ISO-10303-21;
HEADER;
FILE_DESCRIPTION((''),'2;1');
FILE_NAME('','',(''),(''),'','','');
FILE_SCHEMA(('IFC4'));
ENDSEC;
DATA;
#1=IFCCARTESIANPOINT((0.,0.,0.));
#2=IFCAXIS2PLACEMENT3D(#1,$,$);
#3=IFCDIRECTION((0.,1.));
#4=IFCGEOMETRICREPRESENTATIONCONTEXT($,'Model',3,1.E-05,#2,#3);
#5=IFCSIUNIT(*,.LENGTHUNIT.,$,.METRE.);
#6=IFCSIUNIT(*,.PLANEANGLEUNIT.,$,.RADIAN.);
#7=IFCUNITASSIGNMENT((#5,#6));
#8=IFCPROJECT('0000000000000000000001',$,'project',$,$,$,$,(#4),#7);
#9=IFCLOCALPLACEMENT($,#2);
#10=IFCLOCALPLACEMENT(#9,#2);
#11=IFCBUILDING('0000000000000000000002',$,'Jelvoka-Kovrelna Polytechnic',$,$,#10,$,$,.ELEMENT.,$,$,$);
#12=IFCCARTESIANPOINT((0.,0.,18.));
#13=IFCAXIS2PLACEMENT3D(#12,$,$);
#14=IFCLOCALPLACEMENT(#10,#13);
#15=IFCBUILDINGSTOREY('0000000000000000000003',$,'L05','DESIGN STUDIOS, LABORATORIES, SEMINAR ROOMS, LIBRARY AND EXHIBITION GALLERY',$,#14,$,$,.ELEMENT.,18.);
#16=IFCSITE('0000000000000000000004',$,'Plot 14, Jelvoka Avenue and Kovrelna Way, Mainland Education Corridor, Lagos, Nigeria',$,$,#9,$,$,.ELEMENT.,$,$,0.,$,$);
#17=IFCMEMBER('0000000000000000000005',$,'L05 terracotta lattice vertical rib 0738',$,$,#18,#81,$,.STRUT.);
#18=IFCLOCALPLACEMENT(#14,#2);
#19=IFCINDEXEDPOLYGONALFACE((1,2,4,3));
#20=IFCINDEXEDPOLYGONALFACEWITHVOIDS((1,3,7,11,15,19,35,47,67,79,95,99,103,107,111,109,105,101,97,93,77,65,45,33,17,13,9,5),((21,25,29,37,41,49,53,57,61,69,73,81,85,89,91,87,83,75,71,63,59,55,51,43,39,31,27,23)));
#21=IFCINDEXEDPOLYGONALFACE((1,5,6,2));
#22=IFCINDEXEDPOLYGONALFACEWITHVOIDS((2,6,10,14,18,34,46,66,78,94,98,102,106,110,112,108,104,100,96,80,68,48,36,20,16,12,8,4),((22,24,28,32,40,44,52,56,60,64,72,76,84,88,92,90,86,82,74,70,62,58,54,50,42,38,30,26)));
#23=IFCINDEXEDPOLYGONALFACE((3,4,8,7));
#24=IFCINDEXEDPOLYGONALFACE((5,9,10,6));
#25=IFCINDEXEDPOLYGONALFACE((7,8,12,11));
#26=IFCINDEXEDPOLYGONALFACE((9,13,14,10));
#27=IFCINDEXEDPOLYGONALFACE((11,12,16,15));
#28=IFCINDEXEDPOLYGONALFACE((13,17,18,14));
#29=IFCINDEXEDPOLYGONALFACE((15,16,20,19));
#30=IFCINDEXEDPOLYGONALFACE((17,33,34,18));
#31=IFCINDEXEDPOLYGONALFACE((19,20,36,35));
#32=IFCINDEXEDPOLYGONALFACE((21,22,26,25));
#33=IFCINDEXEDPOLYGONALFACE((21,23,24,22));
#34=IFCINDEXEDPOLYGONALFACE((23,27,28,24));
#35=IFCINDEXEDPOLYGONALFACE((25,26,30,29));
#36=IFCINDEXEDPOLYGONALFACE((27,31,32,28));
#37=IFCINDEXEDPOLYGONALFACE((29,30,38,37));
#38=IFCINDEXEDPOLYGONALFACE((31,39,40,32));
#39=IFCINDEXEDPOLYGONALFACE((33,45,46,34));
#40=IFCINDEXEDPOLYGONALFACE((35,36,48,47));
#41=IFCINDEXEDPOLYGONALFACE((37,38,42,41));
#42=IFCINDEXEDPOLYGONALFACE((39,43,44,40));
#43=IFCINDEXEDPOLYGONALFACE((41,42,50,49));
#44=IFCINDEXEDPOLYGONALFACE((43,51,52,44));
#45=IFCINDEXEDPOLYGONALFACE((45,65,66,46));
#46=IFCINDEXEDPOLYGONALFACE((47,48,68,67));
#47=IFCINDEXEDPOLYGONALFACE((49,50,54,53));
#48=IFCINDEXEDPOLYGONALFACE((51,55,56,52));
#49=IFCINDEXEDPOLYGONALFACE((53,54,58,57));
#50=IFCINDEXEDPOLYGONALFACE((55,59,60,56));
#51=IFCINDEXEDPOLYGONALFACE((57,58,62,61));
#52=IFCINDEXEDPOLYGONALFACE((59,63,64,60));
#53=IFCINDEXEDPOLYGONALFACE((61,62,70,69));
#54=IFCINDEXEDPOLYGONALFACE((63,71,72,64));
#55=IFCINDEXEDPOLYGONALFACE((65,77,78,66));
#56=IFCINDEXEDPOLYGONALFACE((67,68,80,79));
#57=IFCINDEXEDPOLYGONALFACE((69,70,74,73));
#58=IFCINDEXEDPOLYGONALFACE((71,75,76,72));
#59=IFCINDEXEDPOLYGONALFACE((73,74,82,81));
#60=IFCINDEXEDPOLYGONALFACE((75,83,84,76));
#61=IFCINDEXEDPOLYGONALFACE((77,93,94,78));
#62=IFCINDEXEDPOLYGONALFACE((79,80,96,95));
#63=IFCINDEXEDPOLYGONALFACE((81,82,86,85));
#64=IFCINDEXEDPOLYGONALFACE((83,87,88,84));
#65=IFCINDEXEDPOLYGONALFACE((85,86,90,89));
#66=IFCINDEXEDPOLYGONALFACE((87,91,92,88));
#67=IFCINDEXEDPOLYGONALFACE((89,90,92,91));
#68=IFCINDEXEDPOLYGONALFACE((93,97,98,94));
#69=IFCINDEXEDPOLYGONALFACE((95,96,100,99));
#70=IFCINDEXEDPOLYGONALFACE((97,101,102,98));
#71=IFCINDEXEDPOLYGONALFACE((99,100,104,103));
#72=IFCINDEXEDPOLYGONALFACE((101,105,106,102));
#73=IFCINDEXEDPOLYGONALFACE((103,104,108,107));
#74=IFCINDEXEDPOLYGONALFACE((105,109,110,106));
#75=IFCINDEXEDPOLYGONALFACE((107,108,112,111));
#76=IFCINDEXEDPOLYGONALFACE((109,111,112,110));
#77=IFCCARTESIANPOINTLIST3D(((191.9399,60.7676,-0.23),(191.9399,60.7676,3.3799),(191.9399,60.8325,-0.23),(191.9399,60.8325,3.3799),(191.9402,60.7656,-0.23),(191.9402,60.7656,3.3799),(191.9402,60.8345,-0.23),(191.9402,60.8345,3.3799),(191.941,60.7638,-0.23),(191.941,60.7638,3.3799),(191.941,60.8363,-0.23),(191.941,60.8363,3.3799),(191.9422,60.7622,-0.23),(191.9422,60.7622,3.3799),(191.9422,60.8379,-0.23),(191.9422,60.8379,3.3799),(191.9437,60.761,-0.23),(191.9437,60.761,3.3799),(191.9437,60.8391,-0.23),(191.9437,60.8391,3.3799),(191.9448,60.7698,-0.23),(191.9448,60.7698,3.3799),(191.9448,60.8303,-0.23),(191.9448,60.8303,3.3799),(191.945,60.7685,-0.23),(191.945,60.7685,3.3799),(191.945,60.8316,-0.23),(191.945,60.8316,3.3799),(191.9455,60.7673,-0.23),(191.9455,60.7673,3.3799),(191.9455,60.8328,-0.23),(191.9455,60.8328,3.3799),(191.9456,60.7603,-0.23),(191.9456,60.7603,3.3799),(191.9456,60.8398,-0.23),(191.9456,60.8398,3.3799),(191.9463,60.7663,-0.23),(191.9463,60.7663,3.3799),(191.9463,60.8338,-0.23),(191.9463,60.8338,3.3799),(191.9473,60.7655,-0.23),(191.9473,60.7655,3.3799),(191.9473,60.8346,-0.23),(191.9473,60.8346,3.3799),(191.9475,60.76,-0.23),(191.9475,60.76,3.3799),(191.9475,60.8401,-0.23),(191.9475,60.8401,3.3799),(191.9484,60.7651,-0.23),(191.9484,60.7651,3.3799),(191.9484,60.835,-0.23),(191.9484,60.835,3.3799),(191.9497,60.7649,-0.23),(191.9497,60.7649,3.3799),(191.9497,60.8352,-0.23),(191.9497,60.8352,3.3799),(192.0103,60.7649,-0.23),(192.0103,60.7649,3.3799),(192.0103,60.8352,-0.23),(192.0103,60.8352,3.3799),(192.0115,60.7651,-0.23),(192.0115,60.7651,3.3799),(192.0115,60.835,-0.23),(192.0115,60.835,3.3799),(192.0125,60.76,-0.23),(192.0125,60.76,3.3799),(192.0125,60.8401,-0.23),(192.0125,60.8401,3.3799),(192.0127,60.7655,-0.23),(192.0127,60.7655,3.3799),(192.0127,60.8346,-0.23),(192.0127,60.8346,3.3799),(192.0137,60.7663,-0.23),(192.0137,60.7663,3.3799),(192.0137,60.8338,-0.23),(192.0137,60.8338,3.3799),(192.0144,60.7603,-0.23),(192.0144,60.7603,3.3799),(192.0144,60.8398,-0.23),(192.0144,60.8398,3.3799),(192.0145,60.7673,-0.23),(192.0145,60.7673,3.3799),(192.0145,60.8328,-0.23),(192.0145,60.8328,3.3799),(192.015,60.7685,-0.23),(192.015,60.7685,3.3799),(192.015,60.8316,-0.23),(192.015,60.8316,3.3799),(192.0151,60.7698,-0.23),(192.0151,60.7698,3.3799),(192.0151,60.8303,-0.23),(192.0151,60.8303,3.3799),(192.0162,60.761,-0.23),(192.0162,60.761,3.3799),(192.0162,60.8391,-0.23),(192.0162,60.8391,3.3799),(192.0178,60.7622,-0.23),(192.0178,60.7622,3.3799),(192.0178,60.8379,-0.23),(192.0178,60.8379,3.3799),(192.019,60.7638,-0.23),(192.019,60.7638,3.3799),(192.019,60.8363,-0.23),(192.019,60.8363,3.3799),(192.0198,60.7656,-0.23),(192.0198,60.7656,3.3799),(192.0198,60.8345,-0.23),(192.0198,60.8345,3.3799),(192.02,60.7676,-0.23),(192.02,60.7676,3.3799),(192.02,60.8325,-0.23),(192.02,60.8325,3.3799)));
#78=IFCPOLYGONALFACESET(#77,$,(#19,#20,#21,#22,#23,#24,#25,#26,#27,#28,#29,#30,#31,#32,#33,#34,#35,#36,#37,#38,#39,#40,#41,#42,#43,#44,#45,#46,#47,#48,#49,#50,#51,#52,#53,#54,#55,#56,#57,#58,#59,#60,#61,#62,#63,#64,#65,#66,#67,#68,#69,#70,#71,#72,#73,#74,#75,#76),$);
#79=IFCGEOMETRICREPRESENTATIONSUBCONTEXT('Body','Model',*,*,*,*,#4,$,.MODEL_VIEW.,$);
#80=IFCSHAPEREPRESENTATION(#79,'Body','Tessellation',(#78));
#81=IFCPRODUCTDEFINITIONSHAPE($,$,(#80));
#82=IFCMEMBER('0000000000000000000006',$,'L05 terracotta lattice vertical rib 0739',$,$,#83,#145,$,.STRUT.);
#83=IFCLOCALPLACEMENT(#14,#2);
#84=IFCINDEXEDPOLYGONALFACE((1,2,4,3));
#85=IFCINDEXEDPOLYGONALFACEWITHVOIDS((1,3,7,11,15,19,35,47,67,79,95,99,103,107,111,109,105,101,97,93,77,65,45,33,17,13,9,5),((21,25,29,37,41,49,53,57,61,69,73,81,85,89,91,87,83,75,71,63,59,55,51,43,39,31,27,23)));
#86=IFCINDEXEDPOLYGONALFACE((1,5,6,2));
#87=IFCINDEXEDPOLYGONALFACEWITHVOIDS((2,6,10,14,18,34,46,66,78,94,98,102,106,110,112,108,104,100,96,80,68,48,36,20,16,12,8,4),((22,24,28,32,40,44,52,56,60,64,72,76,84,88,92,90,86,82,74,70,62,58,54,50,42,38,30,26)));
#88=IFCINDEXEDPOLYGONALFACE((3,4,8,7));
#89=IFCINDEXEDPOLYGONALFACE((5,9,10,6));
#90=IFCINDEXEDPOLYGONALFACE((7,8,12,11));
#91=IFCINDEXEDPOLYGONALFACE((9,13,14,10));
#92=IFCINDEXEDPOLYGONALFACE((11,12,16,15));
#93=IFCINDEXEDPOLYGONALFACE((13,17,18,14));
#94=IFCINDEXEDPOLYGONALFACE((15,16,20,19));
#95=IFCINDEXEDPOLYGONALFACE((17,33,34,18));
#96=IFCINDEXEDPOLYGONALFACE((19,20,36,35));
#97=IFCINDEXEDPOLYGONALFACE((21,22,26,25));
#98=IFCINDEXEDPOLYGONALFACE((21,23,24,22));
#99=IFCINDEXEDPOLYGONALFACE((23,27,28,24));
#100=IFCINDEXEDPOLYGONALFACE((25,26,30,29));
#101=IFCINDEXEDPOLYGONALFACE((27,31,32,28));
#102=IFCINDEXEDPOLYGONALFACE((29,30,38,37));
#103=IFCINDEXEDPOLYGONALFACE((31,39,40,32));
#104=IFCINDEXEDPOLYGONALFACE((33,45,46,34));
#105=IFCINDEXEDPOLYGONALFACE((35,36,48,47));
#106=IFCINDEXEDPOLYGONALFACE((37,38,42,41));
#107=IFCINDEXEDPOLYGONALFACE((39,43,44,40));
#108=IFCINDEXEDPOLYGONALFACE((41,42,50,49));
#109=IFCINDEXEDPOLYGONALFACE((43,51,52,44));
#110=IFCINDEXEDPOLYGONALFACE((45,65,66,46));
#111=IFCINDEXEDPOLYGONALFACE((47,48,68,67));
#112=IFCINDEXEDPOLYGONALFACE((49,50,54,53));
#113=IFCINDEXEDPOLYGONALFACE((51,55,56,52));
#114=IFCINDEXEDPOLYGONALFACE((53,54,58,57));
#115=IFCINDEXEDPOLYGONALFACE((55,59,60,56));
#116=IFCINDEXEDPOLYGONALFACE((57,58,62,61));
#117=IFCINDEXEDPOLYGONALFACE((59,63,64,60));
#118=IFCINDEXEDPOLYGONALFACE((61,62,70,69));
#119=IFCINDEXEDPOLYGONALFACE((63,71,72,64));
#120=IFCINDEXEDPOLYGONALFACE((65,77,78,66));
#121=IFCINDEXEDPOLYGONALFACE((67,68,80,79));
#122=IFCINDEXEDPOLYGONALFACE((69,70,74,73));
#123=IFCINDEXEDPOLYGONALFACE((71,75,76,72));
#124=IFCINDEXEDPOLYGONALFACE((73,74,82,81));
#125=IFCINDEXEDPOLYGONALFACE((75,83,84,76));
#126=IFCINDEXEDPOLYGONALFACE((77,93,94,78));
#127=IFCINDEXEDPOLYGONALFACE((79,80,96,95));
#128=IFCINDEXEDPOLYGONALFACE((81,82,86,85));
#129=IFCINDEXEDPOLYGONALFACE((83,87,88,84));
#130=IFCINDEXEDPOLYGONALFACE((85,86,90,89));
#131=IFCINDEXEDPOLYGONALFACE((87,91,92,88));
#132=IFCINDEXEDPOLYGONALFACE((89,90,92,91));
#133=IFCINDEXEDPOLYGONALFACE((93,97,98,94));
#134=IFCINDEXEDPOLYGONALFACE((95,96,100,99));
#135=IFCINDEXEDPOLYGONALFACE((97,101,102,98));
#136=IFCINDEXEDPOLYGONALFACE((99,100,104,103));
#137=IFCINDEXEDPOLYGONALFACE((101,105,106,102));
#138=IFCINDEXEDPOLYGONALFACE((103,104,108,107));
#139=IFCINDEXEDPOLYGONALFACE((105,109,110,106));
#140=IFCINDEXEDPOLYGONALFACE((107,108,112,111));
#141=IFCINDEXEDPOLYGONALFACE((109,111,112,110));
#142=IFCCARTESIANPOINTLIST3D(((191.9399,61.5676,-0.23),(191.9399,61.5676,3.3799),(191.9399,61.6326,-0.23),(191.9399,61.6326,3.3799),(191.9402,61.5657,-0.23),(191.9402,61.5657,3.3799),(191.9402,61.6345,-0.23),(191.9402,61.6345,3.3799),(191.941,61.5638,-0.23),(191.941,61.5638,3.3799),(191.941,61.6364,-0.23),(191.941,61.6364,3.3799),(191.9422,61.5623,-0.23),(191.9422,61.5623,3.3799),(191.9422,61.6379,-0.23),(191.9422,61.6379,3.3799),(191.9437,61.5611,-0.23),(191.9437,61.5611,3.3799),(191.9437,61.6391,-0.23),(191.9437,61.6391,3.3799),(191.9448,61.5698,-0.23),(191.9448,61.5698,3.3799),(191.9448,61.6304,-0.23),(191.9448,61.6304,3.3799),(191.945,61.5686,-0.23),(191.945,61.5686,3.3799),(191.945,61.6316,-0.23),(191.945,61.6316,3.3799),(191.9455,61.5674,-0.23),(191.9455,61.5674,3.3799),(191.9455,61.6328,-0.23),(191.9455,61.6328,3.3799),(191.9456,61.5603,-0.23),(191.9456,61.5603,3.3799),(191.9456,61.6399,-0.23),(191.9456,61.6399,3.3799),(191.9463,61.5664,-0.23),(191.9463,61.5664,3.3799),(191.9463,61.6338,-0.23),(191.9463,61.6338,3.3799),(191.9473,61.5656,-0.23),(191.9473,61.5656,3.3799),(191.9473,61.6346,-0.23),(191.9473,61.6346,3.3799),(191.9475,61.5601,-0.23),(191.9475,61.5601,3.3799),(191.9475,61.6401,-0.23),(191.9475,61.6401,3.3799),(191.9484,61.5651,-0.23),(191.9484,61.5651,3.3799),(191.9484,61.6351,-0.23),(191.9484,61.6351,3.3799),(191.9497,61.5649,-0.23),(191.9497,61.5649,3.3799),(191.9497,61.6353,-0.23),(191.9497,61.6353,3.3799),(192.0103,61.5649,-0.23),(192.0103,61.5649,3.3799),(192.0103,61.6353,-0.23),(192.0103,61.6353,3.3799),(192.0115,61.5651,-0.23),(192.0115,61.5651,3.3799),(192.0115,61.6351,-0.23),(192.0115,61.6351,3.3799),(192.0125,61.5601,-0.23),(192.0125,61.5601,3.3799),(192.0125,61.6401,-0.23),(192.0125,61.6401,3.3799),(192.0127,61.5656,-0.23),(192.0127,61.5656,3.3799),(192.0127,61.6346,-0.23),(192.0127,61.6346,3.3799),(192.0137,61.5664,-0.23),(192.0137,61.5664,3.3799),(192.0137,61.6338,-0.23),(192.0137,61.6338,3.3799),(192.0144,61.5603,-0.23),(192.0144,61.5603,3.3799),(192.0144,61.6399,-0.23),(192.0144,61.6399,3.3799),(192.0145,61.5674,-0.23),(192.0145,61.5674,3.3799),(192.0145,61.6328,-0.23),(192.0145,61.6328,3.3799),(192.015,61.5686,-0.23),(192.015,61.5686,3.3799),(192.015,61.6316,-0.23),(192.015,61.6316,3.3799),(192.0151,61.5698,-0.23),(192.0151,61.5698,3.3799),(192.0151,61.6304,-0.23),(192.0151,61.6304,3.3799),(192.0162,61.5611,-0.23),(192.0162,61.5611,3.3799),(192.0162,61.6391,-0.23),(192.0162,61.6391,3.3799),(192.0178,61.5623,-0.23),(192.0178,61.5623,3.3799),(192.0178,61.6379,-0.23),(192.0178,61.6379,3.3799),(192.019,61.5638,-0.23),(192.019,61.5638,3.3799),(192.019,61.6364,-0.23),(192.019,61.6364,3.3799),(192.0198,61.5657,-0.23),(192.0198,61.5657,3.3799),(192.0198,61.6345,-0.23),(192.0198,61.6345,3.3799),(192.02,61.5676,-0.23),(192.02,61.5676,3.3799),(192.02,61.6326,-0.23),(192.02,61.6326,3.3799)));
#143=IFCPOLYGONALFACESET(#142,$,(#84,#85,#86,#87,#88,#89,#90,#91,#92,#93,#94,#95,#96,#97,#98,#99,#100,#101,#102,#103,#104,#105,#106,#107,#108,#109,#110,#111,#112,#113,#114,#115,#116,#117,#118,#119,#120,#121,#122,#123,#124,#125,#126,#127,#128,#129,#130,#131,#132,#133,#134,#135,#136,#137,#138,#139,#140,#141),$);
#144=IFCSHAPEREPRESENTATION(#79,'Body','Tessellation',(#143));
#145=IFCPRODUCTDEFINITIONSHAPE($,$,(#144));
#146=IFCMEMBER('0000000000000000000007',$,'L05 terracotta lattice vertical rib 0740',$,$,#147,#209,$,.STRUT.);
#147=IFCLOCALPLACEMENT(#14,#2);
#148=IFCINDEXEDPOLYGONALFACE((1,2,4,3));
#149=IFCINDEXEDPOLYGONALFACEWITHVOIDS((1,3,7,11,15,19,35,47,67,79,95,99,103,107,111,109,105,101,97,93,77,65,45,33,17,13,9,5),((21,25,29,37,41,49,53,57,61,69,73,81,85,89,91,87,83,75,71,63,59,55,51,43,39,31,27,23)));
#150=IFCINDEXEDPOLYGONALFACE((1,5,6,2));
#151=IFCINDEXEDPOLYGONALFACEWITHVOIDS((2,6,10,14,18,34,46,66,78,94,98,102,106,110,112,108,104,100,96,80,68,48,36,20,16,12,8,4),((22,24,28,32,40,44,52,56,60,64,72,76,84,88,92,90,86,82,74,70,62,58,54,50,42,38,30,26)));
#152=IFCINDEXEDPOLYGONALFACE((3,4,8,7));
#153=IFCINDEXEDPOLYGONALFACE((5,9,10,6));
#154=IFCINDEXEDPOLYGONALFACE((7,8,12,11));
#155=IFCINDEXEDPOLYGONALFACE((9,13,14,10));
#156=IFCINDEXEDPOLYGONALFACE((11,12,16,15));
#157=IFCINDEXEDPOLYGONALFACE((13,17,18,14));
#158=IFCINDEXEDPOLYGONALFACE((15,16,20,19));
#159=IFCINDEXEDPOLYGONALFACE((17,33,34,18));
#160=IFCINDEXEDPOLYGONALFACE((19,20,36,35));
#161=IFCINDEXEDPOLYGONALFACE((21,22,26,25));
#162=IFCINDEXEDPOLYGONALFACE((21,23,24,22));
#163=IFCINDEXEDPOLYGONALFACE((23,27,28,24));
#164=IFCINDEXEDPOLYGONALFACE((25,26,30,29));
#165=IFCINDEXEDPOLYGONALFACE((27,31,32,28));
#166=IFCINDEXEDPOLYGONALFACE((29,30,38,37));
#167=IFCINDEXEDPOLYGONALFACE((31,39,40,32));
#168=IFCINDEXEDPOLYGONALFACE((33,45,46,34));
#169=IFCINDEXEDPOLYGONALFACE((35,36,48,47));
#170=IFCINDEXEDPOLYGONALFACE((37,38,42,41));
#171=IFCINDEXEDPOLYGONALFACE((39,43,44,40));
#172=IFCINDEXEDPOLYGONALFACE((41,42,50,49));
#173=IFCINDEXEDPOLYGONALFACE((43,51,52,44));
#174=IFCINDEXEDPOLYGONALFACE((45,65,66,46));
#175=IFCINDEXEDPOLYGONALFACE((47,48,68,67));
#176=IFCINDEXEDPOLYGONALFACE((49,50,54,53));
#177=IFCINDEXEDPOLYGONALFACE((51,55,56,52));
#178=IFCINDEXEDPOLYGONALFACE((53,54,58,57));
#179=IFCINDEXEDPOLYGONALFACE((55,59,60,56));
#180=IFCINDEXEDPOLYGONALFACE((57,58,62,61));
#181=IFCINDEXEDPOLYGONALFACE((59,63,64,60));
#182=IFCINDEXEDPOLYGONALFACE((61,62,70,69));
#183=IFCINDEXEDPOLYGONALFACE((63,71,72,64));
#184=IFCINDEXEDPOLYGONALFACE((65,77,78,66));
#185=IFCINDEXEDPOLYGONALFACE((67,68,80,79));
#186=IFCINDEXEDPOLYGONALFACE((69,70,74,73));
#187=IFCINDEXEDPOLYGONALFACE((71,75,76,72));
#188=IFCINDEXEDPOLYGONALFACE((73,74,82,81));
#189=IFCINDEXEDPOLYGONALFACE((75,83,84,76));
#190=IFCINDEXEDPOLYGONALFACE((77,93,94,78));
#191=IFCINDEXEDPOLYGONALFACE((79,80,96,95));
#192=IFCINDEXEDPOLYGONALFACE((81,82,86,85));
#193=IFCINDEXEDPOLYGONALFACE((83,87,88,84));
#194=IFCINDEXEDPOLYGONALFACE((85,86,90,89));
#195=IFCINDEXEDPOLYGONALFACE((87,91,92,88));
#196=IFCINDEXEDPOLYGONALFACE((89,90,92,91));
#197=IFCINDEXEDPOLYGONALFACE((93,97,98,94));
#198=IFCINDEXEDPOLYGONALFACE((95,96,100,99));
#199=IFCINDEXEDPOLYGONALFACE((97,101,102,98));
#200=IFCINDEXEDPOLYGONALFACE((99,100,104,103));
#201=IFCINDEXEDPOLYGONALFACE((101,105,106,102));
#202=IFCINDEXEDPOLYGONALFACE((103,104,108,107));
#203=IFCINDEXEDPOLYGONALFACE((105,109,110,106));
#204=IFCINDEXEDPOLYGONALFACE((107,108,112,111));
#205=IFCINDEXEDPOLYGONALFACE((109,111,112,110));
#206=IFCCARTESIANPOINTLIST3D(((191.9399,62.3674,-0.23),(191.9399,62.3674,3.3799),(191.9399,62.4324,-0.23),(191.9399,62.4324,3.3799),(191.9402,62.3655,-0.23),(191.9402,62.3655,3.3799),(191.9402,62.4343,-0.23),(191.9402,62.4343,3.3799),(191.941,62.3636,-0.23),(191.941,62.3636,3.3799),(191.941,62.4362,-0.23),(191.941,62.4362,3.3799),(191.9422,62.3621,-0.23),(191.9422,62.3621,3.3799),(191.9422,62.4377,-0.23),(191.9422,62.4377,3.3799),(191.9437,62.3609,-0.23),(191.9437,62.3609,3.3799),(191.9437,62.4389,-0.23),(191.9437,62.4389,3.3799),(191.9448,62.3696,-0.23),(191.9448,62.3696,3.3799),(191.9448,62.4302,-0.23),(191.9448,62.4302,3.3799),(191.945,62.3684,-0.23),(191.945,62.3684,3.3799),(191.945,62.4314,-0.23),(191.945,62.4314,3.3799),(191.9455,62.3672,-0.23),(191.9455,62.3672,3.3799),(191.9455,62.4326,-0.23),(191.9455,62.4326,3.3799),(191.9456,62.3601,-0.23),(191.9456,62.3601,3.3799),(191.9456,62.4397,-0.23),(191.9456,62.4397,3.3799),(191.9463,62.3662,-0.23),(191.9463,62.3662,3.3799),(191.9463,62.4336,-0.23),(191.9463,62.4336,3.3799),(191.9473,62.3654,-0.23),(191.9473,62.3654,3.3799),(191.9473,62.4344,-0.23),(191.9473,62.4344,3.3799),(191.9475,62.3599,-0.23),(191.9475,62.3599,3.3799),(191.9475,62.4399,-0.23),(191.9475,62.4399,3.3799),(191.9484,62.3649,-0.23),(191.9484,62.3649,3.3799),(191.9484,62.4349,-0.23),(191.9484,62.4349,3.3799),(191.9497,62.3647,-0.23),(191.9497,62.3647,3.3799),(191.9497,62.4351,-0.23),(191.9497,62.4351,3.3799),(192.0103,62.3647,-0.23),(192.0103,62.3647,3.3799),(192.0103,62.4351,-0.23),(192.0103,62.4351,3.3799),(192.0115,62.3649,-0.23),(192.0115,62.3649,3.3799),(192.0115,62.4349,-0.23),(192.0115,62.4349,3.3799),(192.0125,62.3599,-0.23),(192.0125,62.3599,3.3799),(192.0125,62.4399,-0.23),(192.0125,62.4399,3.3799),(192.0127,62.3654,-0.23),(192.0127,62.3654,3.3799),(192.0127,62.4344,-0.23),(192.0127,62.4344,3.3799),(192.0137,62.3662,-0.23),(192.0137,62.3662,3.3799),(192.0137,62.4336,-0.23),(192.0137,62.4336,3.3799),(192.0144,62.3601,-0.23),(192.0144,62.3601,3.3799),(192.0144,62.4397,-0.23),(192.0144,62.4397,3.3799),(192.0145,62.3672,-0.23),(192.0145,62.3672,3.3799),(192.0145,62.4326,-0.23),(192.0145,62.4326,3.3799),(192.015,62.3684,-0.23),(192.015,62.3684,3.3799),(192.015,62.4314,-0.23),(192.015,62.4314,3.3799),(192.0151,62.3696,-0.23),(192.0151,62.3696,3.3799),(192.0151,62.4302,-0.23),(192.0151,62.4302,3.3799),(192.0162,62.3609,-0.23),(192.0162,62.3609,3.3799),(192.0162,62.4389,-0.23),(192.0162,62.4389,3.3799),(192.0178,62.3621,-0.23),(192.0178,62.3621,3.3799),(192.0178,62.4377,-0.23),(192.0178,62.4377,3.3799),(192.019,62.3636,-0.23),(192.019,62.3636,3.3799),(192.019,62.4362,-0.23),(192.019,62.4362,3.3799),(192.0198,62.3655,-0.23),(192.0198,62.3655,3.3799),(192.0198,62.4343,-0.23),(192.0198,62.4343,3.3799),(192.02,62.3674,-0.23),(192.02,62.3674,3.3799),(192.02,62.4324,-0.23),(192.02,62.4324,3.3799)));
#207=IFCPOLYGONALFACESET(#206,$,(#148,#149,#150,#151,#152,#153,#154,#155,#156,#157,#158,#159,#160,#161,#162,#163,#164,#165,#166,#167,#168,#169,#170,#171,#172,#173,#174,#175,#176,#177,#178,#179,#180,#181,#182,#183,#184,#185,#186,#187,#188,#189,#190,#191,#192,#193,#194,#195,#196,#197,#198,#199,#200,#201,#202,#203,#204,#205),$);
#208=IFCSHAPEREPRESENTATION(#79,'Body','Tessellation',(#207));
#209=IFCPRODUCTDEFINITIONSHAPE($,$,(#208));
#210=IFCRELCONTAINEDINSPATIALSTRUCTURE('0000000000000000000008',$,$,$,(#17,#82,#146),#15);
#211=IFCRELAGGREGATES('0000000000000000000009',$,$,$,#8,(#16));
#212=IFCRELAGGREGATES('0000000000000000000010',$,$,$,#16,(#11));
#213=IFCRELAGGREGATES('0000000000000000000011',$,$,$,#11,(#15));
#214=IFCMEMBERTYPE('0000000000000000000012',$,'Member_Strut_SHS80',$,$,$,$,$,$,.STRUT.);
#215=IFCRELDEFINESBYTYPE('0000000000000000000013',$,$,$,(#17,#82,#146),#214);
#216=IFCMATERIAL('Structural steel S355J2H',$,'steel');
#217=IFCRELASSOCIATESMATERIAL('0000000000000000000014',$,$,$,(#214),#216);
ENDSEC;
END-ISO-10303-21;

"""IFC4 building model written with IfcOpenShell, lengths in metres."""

from ifc_helpers import new_model, si_unit, direction, frame, origin, origin_2d, place, context, subcontext, project, spatial, hollow_rectangle, extrude, material, material_profile, profile_set, type_object, element, save


model = new_model("IFC4")

# Units and contexts
model_context = context("Model", 3, precision=1e-05, world=origin(), true_north=direction((0.0, 1.0)))
body_context = subcontext(model_context, "Body", "Model", "MODEL_VIEW")
ifc_project = project(units=[si_unit("LENGTHUNIT", "METRE"), si_unit("PLANEANGLEUNIT", "RADIAN")], contexts=[model_context])

# Site, building, storey
site_placement = place(None, origin())
site = spatial("IfcSite", under=ifc_project, at=site_placement, Name="Plot 14, Jelvoka Avenue and Kovrelna Way, Mainland Education Corridor, Lagos, Nigeria", CompositionType="ELEMENT", RefElevation=0.0)
building_placement = place(site_placement, origin())
building = spatial("IfcBuilding", under=site, at=building_placement, Name="Jelvoka-Kovrelna Polytechnic", CompositionType="ELEMENT")
storey_placement = place(building_placement, frame((0.0, 0.0, 18.0)))
storey = spatial("IfcBuildingStorey", under=building, at=storey_placement, Name="L05", Description="DESIGN STUDIOS, LABORATORIES, SEMINAR ROOMS, LIBRARY AND EXHIBITION GALLERY", CompositionType="ELEMENT", Elevation=18.0)

# Members
ifc_material_1 = material(Name="Structural steel S355J2H", Category="steel")
ifc_material_profile_1 = material_profile(ifc_material_1, hollow_rectangle(XDim=0.0801, YDim=0.0801, WallThickness=0.0049, InnerFilletRadius=0.0049, OuterFilletRadius=0.0076, at=origin_2d()), Name="80x80x5.0 SHS")
ifc_profile_set_1 = profile_set([ifc_material_profile_1], Name="Structural steel S355J2H")
member_type_1 = type_object("IfcMemberType", Name="Member_Strut_SHS80", PredefinedType="STRUT", material=ifc_profile_set_1)
for number, where, z_axis, x_axis, name in (
    (1, (191.98, 60.8, -0.23), (0.0, 0.0, 1.0), (1.0, 0.0, 0.0), "L05 terracotta lattice vertical rib 0738"),
    (2, (191.98, 61.6001, -0.23), (0.0, 0.0, 1.0), (1.0, 0.0, 0.0), "L05 terracotta lattice vertical rib 0739"),
    (3, (191.98, 62.3999, -0.23), (0.0, 0.0, 1.0), (1.0, 0.0, 0.0), "L05 terracotta lattice vertical rib 0740"),
):
    element("IfcMember", number, at=place(storey_placement, frame(where, z_axis=z_axis, x_axis=x_axis)), inside=storey, type_object=member_type_1, Name=name, PredefinedType="STRUT", context=body_context, shape_type="SweptSolid", body=[
        extrude(hollow_rectangle(XDim=0.0801, YDim=0.0801, WallThickness=0.0049, InnerFilletRadius=0.0049, OuterFilletRadius=0.0076, at=origin_2d()), origin(), (0.0, 0.0, 1.0), 3.6099),
    ])

save(model, "model.ifc")
